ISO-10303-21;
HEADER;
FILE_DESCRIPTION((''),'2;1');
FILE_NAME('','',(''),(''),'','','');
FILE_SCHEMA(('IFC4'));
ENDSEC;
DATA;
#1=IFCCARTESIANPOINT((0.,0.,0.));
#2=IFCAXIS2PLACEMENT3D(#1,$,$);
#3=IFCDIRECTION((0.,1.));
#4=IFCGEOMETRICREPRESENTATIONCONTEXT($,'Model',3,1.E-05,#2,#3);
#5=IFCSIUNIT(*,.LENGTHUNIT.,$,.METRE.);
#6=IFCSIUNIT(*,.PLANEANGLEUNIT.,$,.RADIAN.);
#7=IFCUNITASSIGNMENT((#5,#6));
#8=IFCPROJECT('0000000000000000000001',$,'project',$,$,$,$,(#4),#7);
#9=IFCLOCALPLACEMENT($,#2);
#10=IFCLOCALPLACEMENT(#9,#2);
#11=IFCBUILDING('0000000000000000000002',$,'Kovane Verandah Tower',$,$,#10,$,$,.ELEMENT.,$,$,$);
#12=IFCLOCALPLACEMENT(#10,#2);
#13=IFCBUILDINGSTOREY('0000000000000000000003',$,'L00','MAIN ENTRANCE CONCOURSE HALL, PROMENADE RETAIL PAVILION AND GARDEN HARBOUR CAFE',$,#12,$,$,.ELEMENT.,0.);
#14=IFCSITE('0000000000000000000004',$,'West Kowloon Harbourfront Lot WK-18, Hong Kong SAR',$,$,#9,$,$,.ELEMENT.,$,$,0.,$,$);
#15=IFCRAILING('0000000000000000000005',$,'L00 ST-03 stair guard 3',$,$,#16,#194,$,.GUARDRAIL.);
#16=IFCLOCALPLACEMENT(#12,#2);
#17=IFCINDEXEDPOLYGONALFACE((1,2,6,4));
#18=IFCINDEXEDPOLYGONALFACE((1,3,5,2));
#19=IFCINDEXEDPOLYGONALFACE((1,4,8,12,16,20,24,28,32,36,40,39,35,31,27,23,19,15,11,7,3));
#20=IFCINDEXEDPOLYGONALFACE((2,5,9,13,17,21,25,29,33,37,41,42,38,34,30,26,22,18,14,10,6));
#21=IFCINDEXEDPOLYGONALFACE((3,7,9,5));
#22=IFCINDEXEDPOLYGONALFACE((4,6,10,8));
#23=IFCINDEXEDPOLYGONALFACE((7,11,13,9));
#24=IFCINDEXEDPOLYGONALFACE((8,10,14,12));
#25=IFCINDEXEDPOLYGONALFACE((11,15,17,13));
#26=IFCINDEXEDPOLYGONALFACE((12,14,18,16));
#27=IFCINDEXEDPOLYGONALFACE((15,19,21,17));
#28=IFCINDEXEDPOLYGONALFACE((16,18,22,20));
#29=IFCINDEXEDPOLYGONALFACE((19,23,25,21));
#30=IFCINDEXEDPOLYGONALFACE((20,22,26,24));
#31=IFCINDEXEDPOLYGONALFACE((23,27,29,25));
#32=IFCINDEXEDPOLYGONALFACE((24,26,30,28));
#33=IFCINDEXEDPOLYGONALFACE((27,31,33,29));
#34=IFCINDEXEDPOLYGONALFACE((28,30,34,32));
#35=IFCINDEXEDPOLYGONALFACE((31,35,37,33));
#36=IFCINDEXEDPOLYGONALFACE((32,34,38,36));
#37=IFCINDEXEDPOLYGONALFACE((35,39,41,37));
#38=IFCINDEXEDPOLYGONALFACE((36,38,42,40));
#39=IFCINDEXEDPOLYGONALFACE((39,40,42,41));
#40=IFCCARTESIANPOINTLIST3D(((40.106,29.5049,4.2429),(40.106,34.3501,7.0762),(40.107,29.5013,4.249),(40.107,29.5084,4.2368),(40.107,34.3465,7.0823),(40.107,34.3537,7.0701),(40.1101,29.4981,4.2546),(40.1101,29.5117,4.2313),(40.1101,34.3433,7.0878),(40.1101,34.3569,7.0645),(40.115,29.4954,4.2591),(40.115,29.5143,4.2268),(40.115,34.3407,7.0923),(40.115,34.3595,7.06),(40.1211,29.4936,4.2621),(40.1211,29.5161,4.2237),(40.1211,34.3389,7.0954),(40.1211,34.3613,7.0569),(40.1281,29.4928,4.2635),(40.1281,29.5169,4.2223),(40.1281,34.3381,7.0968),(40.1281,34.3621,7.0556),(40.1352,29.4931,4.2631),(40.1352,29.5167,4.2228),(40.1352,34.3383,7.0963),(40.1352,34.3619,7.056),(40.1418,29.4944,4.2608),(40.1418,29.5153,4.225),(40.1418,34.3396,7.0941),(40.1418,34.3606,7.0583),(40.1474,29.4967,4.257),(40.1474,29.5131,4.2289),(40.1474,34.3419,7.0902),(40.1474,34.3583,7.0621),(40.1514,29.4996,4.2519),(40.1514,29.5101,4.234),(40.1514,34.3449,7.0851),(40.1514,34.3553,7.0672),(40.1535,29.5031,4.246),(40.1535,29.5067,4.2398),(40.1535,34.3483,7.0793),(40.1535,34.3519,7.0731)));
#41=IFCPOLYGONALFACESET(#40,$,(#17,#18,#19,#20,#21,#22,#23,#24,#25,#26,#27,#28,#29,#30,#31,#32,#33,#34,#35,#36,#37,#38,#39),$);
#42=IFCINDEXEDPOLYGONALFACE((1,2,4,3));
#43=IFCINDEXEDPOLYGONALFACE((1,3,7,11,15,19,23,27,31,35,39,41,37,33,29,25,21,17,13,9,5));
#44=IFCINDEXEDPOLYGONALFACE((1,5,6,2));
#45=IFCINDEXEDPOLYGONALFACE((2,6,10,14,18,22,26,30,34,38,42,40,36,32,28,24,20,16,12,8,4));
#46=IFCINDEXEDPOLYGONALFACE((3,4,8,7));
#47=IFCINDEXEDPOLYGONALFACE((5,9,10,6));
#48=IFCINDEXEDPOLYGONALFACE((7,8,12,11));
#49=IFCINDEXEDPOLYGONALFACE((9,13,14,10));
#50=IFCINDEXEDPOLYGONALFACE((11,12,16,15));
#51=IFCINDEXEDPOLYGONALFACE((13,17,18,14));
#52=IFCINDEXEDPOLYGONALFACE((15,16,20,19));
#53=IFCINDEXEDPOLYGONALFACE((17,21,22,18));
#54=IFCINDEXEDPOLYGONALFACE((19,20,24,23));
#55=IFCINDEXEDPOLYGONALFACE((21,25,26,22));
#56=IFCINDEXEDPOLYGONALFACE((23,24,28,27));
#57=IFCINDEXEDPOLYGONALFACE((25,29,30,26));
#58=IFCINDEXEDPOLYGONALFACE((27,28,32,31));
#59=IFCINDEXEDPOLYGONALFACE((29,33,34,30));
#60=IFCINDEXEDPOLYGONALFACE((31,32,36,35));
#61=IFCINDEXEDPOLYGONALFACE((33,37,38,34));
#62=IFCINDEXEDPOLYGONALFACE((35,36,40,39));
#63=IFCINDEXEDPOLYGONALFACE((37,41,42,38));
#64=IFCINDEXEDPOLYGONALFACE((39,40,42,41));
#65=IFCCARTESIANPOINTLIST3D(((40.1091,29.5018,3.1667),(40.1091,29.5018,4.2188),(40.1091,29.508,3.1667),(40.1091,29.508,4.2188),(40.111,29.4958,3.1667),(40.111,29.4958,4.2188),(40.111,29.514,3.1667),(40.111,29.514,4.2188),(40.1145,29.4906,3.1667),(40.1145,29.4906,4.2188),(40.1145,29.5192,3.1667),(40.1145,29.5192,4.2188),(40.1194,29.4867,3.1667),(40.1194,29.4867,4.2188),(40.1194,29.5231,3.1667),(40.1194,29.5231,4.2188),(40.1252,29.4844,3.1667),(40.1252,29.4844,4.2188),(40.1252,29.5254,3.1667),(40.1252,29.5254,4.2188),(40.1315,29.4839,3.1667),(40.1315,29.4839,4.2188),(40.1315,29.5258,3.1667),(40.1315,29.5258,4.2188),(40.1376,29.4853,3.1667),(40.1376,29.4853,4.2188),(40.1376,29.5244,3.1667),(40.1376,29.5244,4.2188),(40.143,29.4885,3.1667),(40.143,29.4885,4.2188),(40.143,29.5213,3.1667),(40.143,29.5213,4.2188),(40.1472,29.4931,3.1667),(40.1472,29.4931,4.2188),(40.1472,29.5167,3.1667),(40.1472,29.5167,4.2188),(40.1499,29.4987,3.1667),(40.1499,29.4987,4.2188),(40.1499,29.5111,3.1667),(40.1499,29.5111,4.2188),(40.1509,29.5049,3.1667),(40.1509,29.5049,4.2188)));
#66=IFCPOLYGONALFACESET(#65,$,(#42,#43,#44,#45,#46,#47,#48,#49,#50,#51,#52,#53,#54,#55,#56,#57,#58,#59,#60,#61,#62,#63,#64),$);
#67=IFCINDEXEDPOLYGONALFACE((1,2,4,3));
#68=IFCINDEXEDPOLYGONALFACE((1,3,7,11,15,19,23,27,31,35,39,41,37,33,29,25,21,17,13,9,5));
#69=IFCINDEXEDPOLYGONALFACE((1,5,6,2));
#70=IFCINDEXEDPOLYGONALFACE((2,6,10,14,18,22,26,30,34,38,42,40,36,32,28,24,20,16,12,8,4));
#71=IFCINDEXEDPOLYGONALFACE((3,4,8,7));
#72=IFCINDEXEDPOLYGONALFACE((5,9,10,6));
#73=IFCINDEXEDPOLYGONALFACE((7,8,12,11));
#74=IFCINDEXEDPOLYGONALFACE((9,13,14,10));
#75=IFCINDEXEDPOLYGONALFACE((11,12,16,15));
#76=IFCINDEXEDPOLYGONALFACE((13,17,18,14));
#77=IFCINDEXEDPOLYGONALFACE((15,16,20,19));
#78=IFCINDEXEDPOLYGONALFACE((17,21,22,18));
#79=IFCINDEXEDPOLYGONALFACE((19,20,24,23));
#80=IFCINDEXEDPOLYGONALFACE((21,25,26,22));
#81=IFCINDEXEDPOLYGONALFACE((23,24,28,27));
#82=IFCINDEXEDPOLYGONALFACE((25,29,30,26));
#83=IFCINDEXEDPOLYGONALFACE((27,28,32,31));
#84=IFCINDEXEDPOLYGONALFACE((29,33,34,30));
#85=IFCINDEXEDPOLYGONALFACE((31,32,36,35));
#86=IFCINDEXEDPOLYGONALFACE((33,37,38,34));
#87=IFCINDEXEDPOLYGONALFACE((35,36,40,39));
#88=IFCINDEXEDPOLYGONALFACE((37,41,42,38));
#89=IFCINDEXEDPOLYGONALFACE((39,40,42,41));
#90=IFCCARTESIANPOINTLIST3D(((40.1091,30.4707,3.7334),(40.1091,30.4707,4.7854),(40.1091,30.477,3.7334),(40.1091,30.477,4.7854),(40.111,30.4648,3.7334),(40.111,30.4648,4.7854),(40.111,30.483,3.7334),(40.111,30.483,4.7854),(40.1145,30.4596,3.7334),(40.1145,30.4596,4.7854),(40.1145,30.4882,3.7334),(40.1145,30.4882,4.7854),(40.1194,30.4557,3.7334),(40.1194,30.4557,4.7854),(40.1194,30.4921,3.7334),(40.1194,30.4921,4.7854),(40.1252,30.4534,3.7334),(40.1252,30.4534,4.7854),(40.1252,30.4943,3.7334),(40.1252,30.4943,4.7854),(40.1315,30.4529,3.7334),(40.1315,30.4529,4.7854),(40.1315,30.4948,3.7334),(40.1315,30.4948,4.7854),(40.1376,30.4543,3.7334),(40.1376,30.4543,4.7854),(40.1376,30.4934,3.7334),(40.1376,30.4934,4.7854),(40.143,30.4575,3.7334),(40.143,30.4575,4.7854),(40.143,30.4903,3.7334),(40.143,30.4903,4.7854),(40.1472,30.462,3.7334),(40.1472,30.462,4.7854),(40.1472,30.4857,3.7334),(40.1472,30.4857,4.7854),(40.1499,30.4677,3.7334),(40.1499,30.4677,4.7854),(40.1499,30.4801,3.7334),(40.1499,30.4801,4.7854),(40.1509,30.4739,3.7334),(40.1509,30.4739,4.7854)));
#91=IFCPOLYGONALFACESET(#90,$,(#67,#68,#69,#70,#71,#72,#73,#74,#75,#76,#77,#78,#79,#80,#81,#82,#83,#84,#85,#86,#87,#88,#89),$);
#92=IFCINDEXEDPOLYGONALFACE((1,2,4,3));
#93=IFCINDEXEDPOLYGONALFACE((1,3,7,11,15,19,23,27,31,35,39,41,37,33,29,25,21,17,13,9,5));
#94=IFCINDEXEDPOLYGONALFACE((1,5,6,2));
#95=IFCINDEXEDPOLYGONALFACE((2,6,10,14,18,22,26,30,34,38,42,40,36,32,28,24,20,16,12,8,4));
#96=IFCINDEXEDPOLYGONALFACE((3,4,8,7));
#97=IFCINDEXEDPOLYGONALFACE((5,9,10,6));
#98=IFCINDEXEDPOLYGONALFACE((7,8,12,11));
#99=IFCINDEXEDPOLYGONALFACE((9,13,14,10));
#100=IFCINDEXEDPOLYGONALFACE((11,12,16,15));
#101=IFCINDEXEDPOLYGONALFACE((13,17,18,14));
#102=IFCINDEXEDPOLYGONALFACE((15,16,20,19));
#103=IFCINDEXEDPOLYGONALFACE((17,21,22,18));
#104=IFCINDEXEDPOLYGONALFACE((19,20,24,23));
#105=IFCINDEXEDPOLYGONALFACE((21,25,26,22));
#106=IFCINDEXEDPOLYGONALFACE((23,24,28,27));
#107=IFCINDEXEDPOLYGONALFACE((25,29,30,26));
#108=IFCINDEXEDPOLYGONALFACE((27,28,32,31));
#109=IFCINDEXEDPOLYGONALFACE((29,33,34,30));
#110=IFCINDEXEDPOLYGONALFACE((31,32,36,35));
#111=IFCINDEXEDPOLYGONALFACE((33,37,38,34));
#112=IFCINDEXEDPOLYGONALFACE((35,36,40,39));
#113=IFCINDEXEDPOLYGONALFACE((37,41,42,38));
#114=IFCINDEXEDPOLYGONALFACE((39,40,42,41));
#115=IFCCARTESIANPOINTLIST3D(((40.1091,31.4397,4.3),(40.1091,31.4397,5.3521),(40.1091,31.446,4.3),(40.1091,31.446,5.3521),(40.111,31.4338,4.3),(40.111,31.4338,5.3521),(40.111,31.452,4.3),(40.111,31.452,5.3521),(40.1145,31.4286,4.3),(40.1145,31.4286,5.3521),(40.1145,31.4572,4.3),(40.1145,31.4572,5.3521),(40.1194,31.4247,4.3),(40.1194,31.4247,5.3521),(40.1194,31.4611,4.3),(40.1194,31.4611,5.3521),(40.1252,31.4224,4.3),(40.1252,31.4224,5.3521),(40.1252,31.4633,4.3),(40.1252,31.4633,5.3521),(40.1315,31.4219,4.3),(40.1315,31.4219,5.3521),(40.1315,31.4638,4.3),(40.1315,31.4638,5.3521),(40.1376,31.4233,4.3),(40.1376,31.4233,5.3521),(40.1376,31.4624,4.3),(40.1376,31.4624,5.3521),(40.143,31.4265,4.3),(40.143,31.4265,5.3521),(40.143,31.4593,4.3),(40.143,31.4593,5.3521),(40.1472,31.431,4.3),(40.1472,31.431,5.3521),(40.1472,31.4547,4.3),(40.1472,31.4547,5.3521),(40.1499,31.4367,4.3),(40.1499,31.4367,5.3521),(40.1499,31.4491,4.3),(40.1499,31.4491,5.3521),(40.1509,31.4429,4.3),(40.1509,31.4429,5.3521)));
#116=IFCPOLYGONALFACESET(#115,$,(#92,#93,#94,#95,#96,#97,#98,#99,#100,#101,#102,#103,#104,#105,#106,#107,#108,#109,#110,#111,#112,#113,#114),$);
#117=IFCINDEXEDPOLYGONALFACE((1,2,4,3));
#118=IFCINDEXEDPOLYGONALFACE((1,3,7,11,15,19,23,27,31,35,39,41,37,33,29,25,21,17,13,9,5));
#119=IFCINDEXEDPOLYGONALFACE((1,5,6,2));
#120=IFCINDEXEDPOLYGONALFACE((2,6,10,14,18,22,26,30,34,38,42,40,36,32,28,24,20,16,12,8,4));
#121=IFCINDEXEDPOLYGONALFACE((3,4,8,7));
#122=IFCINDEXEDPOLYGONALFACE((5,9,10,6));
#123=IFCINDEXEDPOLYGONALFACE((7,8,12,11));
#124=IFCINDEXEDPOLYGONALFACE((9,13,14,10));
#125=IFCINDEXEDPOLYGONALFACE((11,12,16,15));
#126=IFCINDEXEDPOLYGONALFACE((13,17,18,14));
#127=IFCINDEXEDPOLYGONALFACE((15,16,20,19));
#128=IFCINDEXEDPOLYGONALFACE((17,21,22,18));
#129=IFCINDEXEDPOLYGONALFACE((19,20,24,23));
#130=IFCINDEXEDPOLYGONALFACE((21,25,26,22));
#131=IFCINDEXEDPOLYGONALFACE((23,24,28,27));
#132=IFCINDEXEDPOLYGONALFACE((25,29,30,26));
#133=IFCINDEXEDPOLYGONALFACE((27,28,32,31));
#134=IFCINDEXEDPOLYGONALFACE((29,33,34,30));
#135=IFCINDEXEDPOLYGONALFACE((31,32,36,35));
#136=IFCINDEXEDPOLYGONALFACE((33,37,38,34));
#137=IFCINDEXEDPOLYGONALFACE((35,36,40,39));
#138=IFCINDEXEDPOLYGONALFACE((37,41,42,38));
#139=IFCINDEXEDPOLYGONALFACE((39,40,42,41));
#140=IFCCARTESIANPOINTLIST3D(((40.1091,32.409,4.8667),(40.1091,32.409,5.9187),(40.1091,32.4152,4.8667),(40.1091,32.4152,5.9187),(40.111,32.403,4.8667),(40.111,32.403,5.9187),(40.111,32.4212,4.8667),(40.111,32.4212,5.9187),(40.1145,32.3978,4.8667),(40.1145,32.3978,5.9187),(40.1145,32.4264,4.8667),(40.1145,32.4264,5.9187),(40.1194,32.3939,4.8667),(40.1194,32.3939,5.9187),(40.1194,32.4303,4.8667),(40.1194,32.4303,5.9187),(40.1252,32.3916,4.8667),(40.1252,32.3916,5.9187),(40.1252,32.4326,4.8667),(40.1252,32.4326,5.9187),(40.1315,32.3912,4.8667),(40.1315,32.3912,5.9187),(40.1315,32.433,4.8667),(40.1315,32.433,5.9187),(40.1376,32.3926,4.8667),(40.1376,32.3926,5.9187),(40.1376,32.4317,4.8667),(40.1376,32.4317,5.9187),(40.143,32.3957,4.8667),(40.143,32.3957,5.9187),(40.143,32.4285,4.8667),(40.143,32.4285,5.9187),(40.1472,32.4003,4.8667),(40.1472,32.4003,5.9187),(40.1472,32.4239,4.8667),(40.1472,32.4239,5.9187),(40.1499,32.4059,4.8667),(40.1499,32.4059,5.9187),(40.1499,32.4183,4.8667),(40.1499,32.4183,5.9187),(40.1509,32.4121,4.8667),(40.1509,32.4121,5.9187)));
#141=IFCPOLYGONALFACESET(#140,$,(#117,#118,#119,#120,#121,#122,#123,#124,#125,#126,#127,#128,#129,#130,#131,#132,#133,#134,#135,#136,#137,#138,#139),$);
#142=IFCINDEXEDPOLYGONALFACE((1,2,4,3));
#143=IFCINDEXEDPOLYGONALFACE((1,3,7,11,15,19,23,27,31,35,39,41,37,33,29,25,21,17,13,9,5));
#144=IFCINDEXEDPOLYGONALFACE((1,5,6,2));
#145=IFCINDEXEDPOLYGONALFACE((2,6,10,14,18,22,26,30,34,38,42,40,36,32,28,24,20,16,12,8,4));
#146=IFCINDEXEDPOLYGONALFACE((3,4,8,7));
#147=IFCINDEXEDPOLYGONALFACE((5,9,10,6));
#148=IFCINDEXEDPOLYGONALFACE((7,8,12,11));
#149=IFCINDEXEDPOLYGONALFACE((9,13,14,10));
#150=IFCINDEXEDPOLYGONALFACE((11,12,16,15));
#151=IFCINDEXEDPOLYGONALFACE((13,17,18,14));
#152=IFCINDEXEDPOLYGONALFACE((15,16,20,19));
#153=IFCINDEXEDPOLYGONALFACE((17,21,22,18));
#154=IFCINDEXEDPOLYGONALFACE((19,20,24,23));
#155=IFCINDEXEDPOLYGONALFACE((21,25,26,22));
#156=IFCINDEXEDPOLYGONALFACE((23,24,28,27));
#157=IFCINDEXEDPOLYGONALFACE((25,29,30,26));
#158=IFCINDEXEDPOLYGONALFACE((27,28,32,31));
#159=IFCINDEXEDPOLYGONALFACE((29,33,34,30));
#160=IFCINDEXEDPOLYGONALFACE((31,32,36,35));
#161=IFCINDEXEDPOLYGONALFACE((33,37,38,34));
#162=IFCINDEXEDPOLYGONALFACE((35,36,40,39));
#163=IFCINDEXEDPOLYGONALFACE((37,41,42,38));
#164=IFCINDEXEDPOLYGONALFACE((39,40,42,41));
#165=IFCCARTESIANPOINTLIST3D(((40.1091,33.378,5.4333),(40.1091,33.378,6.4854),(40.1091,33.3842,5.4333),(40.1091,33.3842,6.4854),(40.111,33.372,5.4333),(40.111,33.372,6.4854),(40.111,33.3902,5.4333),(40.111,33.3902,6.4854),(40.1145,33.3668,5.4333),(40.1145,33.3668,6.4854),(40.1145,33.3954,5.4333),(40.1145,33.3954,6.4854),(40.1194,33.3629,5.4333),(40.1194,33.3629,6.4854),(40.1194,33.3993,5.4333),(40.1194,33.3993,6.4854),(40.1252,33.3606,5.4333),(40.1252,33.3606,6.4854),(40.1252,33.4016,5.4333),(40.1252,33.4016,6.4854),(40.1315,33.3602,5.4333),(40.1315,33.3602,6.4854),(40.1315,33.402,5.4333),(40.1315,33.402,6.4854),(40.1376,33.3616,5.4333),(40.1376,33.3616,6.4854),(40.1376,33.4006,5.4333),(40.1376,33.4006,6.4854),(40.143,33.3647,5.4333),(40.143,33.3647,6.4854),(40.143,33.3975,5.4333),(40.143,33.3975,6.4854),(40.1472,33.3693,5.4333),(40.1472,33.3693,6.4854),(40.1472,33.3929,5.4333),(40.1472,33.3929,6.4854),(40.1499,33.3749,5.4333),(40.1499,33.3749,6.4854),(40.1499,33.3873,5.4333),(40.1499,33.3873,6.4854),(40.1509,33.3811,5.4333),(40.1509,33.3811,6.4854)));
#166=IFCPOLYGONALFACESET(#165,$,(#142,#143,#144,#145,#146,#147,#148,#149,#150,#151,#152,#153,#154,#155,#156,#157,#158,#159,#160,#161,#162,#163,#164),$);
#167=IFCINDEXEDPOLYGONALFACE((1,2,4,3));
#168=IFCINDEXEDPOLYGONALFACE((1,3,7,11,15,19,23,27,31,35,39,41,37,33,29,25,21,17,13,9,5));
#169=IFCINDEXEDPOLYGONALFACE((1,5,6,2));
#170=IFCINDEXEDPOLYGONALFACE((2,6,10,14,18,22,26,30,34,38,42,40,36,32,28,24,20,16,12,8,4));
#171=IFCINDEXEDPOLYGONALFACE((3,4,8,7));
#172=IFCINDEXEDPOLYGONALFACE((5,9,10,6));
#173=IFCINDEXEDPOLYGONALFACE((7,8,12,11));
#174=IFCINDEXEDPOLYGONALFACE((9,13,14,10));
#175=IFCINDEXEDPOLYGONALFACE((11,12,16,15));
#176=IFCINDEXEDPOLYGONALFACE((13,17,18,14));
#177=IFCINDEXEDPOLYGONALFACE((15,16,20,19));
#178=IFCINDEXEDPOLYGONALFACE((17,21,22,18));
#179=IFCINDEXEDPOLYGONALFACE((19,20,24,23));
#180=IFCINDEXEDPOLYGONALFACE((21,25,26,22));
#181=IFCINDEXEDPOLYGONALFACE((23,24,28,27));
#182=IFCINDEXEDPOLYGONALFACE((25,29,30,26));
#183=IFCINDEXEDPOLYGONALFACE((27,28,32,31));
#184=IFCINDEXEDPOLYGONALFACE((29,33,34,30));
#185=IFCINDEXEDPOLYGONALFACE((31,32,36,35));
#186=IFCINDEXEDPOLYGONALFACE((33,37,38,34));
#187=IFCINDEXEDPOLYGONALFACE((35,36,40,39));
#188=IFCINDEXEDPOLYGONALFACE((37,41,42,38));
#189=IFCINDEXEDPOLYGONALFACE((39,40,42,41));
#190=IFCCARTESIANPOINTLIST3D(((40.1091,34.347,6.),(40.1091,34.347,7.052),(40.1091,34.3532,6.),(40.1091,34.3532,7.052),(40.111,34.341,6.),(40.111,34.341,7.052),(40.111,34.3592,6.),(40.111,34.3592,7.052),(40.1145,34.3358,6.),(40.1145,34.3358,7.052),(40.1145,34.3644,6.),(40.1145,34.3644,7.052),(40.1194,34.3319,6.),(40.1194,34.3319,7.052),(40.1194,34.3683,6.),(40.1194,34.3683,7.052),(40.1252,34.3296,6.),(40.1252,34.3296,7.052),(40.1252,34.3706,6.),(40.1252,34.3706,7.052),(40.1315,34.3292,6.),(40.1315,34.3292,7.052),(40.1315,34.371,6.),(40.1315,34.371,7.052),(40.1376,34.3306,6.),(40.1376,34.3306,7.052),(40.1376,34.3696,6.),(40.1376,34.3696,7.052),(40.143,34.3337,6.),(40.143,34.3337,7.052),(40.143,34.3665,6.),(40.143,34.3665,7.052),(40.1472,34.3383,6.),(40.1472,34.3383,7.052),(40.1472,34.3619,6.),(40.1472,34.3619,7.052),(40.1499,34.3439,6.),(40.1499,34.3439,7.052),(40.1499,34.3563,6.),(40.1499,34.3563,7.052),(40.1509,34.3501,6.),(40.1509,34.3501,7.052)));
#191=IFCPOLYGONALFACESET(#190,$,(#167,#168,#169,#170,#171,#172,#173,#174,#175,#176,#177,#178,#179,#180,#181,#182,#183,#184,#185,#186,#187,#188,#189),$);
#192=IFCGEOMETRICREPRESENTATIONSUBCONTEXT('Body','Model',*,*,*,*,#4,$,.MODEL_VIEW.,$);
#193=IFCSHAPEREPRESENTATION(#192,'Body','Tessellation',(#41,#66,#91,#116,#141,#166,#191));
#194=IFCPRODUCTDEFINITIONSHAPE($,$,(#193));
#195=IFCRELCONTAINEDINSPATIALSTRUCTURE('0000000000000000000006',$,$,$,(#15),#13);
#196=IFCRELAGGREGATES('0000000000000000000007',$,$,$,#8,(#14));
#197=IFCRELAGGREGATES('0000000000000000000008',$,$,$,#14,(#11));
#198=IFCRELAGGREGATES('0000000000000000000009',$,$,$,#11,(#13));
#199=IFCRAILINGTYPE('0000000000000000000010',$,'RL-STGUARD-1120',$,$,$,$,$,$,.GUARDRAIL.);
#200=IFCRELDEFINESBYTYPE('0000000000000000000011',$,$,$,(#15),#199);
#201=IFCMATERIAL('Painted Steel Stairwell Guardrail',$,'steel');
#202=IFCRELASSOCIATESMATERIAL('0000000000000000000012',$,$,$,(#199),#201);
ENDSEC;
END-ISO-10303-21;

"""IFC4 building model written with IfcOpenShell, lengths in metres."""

from ifc_helpers import new_model, si_unit, direction, frame, origin, origin_2d, place, context, subcontext, project, spatial, circle, extrude, material, type_object, element, save


model = new_model("IFC4")

# Units and contexts
model_context = context("Model", 3, precision=1e-05, world=origin(), true_north=direction((0.0, 1.0)))
body_context = subcontext(model_context, "Body", "Model", "MODEL_VIEW")
ifc_project = project(units=[si_unit("LENGTHUNIT", "METRE"), si_unit("PLANEANGLEUNIT", "RADIAN")], contexts=[model_context])

# Site, building, storey
site_placement = place(None, origin())
site = spatial("IfcSite", under=ifc_project, at=site_placement, Name="West Kowloon Harbourfront Lot WK-18, Hong Kong SAR", CompositionType="ELEMENT", RefElevation=0.0)
building_placement = place(site_placement, origin())
building = spatial("IfcBuilding", under=site, at=building_placement, Name="Kovane Verandah Tower", CompositionType="ELEMENT")
storey_placement = place(building_placement, origin())
storey = spatial("IfcBuildingStorey", under=building, at=storey_placement, Name="L00", Description="MAIN ENTRANCE CONCOURSE HALL, PROMENADE RETAIL PAVILION AND GARDEN HARBOUR CAFE", CompositionType="ELEMENT", Elevation=0.0)

# Railing
ifc_material_1 = material(Name="Painted Steel Stairwell Guardrail", Category="steel")
railing_type_1 = type_object("IfcRailingType", Name="RL-STGUARD-1120", PredefinedType="GUARDRAIL", material=ifc_material_1)
railing_1_placement = place(storey_placement, frame((40.1299, 29.5049, 3.1667)))
element("IfcRailing", 1, at=railing_1_placement, inside=storey, type_object=railing_type_1, Name="L00 ST-03 stair guard 3", PredefinedType="GUARDRAIL", context=body_context, shape_type="SweptSolid", body=[
    extrude(circle(Radius=0.0239, at=origin_2d()), frame((0.0, 0.0, 1.0762), z_axis=(0.0, 0.863245, 0.504785), x_axis=(-1.0, 0.0, 0.0)), (0.0, 0.0, 1.0), 5.6128),
    extrude(circle(Radius=0.021, at=origin_2d()), origin(), (0.0, 0.0, 1.0), 1.052),
    extrude(circle(Radius=0.021, at=origin_2d()), frame((0.0, 0.969, 0.5667)), (0.0, 0.0, 1.0), 1.052),
    extrude(circle(Radius=0.021, at=origin_2d()), frame((0.0, 1.938, 1.1333)), (0.0, 0.0, 1.0), 1.052),
    extrude(circle(Radius=0.021, at=origin_2d()), frame((0.0, 2.9072, 1.7)), (0.0, 0.0, 1.0), 1.052),
    extrude(circle(Radius=0.021, at=origin_2d()), frame((0.0, 3.8762, 2.2666)), (0.0, 0.0, 1.0), 1.052),
    extrude(circle(Radius=0.021, at=origin_2d()), frame((0.0, 4.8452, 2.8333)), (0.0, 0.0, 1.0), 1.052),
])

save(model, "model.ifc")
